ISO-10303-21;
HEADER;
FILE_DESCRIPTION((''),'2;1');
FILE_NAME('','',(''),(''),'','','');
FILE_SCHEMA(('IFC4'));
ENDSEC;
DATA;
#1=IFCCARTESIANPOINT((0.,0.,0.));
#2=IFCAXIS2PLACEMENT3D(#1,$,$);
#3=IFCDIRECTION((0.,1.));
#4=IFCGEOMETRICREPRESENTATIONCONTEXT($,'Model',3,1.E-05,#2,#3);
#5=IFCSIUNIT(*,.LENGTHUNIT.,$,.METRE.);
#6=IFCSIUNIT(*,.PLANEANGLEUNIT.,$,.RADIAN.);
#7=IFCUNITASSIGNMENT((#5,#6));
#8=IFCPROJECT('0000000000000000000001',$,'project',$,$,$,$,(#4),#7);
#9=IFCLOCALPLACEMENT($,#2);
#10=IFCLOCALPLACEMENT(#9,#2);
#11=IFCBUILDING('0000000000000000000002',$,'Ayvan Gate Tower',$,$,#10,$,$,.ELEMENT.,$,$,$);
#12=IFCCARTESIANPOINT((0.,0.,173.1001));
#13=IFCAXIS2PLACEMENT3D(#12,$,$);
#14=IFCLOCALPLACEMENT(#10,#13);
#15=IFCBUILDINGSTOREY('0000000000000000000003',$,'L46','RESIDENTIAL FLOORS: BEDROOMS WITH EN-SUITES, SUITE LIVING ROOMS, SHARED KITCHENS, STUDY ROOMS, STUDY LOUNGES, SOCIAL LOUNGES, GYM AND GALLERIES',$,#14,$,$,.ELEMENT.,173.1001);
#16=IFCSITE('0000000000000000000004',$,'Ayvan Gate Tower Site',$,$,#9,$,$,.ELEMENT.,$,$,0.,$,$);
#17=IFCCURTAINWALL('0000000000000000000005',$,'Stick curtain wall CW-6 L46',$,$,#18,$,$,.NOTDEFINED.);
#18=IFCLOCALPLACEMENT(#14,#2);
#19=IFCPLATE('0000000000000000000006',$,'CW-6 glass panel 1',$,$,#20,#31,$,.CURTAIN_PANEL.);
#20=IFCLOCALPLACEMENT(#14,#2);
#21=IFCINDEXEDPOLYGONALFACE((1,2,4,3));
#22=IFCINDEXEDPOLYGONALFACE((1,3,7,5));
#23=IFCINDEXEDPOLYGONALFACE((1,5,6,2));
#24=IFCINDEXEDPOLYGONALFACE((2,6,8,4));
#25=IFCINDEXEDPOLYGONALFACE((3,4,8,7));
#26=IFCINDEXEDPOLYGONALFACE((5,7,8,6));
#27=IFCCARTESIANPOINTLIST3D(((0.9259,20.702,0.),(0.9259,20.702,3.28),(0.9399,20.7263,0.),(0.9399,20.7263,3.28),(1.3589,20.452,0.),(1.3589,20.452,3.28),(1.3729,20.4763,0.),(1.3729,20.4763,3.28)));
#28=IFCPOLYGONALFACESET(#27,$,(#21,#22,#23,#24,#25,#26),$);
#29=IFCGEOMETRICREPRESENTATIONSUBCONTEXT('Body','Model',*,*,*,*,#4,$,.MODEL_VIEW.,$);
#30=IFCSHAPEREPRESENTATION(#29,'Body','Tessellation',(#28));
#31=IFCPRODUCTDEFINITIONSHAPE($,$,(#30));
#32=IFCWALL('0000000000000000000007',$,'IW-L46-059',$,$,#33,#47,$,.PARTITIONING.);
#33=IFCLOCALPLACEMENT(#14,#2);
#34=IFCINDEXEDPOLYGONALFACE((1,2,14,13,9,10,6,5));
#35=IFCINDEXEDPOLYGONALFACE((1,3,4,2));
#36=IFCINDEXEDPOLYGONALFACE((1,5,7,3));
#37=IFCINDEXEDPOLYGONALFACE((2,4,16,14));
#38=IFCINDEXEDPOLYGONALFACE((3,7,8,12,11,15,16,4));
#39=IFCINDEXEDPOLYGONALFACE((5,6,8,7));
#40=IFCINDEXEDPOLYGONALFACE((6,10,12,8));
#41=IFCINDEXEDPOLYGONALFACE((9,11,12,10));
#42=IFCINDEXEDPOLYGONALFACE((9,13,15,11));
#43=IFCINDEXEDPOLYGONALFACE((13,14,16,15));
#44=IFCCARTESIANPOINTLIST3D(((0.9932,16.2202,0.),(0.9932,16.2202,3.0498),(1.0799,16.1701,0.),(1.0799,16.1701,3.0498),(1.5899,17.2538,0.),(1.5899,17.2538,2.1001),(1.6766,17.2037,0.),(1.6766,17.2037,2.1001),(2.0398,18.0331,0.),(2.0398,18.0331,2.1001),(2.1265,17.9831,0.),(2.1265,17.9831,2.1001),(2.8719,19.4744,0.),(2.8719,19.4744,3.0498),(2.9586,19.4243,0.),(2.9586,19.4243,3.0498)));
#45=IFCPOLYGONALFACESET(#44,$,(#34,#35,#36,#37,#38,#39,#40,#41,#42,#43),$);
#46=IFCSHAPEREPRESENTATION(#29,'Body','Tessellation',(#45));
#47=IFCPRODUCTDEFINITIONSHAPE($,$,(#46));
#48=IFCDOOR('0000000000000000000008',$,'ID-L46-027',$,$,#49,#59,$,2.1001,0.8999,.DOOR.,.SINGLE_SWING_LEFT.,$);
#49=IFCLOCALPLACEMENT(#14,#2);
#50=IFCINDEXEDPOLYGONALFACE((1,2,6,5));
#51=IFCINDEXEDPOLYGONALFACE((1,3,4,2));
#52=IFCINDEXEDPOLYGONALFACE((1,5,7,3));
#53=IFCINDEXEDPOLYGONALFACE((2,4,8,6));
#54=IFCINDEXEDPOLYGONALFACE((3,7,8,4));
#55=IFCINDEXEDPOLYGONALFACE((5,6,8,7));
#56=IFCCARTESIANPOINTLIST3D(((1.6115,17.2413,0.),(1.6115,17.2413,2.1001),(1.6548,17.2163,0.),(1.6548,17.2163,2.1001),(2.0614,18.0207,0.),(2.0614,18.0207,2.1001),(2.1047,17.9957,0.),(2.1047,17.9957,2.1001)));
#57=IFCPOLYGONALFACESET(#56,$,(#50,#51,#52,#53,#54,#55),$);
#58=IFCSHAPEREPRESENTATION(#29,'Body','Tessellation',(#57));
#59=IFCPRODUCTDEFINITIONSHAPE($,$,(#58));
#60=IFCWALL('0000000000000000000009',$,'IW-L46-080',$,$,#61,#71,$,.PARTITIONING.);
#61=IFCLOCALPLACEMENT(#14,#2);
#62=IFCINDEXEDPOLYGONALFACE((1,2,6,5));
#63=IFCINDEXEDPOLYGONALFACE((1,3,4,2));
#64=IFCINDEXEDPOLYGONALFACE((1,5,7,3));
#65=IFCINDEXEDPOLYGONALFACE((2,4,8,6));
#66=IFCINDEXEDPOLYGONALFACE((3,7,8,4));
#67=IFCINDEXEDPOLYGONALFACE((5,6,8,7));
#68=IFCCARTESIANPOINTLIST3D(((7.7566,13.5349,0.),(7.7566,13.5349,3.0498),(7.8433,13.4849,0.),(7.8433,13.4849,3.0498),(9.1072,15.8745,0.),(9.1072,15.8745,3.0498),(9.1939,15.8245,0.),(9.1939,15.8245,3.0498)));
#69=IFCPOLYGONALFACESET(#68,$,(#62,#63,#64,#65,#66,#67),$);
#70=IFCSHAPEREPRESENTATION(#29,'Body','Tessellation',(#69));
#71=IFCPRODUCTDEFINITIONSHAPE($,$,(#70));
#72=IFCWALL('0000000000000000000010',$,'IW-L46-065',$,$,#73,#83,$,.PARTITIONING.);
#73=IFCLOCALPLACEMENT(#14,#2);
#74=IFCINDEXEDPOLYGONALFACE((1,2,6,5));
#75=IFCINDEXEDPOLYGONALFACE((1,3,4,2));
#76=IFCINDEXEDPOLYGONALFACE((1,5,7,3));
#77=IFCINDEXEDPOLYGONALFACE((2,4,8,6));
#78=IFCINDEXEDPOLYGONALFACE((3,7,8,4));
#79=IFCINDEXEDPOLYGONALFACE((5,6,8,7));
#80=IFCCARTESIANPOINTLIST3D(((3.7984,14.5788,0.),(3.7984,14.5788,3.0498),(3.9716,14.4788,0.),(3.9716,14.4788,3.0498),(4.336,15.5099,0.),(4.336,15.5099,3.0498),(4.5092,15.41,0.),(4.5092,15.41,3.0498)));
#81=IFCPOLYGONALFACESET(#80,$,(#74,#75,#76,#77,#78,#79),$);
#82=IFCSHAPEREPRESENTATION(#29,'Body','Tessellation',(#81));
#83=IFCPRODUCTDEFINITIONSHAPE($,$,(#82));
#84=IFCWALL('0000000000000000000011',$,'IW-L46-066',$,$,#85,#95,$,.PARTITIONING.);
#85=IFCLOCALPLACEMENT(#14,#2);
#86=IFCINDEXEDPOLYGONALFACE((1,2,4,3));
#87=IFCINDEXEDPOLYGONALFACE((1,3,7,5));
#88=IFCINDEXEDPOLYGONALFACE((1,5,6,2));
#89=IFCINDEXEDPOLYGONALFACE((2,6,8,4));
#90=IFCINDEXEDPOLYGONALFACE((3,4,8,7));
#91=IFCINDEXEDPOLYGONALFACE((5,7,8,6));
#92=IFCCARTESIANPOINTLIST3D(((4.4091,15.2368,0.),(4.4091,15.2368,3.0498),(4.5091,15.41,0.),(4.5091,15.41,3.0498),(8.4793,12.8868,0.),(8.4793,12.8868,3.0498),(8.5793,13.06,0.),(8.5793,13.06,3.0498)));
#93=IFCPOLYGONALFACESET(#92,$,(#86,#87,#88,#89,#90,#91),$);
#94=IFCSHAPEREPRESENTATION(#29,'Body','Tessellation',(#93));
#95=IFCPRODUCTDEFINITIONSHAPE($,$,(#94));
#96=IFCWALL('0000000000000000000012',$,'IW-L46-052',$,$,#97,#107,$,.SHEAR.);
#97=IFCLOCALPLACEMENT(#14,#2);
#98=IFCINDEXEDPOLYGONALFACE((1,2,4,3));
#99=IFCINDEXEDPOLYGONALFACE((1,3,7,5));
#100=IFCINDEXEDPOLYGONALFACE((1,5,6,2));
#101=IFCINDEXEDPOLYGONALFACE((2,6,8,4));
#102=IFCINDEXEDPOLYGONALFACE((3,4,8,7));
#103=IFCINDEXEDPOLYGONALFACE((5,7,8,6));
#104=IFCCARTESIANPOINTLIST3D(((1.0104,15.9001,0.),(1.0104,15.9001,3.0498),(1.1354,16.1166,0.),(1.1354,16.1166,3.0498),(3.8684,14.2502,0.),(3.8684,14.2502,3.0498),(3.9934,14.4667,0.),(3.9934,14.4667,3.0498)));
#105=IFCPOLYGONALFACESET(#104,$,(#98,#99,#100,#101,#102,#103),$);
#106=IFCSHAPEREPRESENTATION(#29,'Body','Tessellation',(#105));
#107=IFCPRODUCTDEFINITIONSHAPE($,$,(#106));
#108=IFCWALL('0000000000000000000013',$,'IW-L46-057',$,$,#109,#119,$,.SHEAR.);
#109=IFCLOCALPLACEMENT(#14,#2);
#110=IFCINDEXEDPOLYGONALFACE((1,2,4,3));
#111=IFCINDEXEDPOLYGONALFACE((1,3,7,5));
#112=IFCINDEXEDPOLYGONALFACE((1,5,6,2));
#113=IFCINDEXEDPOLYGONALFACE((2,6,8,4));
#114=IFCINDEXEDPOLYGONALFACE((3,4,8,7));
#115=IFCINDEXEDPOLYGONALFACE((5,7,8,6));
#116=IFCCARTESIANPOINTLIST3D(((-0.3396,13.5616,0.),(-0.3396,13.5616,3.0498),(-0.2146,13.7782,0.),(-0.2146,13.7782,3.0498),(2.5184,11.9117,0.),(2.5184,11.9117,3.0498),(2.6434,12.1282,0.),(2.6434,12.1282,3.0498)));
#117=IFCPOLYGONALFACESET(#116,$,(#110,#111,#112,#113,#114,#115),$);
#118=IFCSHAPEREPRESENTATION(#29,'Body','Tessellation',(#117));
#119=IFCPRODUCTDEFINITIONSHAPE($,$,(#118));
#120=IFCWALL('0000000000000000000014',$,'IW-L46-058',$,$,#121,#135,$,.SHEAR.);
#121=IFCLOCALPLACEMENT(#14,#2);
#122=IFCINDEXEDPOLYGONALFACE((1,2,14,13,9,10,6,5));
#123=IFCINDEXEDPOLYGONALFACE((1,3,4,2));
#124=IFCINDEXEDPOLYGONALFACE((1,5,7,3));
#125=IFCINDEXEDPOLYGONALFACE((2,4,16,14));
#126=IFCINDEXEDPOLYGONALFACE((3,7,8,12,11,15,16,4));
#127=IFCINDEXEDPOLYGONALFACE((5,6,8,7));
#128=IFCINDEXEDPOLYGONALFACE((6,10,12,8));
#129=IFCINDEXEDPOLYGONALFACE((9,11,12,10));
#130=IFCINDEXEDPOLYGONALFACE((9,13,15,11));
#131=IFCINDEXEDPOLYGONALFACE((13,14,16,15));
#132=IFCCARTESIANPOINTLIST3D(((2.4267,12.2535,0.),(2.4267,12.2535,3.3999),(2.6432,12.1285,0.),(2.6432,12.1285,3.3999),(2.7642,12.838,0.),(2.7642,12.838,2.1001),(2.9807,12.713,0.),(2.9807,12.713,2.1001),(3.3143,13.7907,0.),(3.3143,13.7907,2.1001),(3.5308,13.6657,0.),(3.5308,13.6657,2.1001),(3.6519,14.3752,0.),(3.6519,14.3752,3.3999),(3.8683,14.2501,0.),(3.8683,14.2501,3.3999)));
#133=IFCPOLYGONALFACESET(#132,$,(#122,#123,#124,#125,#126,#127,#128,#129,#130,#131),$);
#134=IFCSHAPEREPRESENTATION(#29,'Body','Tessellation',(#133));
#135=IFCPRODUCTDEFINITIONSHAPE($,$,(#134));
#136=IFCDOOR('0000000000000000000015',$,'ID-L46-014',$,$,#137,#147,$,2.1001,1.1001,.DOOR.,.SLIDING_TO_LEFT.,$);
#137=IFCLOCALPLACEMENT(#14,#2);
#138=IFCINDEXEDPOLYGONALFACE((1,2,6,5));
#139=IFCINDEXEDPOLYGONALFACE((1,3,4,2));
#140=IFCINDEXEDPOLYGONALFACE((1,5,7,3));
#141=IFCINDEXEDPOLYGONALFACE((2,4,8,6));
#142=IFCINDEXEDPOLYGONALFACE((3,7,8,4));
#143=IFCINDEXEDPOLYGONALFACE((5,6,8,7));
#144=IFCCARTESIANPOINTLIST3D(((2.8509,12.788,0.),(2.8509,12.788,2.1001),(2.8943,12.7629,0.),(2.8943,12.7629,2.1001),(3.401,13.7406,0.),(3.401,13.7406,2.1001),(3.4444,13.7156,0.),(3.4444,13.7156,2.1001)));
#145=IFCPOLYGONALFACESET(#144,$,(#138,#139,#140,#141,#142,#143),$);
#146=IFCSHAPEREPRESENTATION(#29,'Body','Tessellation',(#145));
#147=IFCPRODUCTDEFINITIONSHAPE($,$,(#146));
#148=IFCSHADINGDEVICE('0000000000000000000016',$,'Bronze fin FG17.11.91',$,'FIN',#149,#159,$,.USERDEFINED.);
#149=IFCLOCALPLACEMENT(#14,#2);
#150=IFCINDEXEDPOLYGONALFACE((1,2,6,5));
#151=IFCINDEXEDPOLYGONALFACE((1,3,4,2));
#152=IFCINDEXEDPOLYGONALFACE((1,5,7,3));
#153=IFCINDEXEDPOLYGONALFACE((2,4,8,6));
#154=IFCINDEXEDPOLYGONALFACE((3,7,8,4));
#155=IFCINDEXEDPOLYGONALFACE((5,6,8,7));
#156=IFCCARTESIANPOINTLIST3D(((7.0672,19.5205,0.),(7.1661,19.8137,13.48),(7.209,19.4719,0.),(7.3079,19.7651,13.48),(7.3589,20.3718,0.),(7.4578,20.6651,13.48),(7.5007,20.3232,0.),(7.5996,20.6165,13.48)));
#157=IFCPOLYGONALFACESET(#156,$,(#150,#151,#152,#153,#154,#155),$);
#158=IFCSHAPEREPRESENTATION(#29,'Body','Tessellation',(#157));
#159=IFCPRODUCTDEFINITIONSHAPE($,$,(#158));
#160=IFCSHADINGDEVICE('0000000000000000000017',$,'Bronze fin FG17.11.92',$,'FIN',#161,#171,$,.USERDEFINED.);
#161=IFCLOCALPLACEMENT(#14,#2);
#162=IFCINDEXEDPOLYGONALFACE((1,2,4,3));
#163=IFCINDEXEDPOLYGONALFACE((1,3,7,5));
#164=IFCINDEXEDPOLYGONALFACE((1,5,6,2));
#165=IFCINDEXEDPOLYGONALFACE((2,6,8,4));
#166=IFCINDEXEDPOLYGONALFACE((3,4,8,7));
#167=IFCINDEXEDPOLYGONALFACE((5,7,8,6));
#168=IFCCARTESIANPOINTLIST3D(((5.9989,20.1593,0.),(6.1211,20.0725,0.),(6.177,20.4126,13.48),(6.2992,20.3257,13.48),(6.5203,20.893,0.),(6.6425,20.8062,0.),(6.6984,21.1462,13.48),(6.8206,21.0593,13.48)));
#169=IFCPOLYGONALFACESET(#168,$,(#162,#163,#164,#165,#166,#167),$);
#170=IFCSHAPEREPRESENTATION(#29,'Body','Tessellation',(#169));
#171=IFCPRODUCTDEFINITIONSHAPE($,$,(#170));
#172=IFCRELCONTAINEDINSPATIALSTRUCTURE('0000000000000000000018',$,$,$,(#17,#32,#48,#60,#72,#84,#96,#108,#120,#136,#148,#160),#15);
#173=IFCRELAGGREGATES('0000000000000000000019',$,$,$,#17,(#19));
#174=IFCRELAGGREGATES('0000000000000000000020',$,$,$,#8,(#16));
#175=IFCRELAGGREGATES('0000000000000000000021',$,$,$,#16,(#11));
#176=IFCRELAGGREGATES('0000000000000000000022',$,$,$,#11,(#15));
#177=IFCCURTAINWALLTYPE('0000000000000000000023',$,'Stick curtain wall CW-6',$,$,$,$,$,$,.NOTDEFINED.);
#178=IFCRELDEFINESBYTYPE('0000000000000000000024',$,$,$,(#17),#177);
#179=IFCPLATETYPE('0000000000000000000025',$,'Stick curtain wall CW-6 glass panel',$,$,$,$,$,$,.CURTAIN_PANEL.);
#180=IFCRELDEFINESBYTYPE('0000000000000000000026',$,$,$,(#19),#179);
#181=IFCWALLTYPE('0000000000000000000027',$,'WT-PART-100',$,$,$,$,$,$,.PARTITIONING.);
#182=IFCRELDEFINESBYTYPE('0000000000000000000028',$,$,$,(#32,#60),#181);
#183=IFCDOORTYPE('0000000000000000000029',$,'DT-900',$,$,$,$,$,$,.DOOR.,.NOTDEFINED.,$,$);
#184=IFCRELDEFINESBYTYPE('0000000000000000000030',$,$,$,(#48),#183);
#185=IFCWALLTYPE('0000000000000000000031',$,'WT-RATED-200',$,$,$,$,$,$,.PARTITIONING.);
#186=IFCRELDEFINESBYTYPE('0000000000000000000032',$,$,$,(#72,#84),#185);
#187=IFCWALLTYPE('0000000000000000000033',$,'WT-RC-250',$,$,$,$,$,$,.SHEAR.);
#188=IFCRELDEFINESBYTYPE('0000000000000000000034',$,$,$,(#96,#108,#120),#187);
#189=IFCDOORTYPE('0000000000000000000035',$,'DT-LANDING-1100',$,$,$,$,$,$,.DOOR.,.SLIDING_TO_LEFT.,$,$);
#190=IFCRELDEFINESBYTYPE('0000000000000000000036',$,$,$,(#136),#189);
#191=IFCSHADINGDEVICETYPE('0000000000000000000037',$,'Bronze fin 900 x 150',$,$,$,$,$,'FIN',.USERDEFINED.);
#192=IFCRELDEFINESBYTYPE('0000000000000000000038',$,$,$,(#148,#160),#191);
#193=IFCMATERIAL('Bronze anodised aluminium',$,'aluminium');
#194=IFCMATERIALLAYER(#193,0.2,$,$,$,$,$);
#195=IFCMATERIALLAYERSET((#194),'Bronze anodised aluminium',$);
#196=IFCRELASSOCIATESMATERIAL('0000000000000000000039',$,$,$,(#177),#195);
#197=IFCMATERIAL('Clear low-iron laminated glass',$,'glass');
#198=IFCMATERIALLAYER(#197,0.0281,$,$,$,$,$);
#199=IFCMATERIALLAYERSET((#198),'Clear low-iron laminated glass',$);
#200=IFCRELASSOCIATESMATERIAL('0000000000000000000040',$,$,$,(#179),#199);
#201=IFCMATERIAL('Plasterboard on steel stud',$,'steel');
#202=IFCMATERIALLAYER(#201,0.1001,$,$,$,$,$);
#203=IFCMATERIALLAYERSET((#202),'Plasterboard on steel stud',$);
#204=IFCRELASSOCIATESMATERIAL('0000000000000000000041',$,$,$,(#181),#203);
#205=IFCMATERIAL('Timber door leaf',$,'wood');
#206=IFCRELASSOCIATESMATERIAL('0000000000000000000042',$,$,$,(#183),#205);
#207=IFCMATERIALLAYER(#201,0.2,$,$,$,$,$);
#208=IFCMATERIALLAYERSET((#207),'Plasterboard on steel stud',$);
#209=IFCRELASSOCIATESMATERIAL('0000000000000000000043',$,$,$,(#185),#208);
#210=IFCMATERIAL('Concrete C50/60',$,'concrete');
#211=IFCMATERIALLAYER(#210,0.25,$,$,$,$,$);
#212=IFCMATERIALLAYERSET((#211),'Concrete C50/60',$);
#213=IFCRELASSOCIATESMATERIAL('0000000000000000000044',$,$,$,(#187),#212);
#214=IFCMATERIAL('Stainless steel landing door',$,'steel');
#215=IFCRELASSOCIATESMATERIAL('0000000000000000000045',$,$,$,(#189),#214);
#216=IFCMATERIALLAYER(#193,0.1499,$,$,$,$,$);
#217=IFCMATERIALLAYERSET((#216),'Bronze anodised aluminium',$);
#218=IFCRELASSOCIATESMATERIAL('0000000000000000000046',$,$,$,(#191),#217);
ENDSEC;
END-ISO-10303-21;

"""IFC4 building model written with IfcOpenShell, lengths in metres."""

from ifc_helpers import new_model, si_unit, direction, frame, frame_2d, origin, origin_2d, place, context, subcontext, project, spatial, polyline, rectangle, outline, extrude, material, layer, layer_set, type_object, element, fill, aggregate, save


model = new_model("IFC4")

# Units and contexts
model_context = context("Model", 3, precision=1e-05, world=origin(), true_north=direction((0.0, 1.0)))
body_context = subcontext(model_context, "Body", "Model", "MODEL_VIEW")
ifc_project = project(units=[si_unit("LENGTHUNIT", "METRE"), si_unit("PLANEANGLEUNIT", "RADIAN")], contexts=[model_context])

# Site, building, storey
site_placement = place(None, origin())
site = spatial("IfcSite", under=ifc_project, at=site_placement, Name="Ayvan Gate Tower Site", CompositionType="ELEMENT", RefElevation=0.0)
building_placement = place(site_placement, origin())
building = spatial("IfcBuilding", under=site, at=building_placement, Name="Ayvan Gate Tower", CompositionType="ELEMENT")
storey_placement = place(building_placement, frame((0.0, 0.0, 173.1001)))
storey = spatial("IfcBuildingStorey", under=building, at=storey_placement, Name="L46", Description="RESIDENTIAL FLOORS: BEDROOMS WITH EN-SUITES, SUITE LIVING ROOMS, SHARED KITCHENS, STUDY ROOMS, STUDY LOUNGES, SOCIAL LOUNGES, GYM AND GALLERIES", CompositionType="ELEMENT", Elevation=173.1001)

# Curtain wall
ifc_material_1 = material(Name="Bronze anodised aluminium", Category="aluminium")
ifc_layer_1 = layer(ifc_material_1, 0.2)
ifc_layer_set_1 = layer_set([ifc_layer_1], Name="Bronze anodised aluminium")
curtain_wall_type_1 = type_object("IfcCurtainWallType", Name="Stick curtain wall CW-6", PredefinedType="NOTDEFINED", material=ifc_layer_set_1)
curtain_wall_1_placement = place(storey_placement, origin())
curtain_wall_1 = element("IfcCurtainWall", 1, at=curtain_wall_1_placement, inside=storey, type_object=curtain_wall_type_1, Name="Stick curtain wall CW-6 L46", PredefinedType="NOTDEFINED")

# Plate
ifc_material_2 = material(Name="Clear low-iron laminated glass", Category="glass")
ifc_layer_2 = layer(ifc_material_2, 0.0281)
ifc_layer_set_2 = layer_set([ifc_layer_2], Name="Clear low-iron laminated glass")
plate_type_1 = type_object("IfcPlateType", Name="Stick curtain wall CW-6 glass panel", PredefinedType="CURTAIN_PANEL", material=ifc_layer_set_2)
plate_1_placement = place(storey_placement, frame((1.1494, 20.5891, 0.0), z_axis=(0.0, 0.0, 1.0), x_axis=(-0.866025, 0.5, 0.0)))
plate_1 = element("IfcPlate", 2, at=plate_1_placement, type_object=plate_type_1, Name="CW-6 glass panel 1", PredefinedType="CURTAIN_PANEL", context=body_context, shape_type="SweptSolid", body=[
    extrude(rectangle(XDim=0.5, YDim=0.0281, at=origin_2d()), origin(), (0.0, 0.0, 1.0), 3.28),
])
aggregate(curtain_wall_1, [plate_1])

# Wall, opening, door
ifc_material_3 = material(Name="Plasterboard on steel stud", Category="steel")
ifc_layer_3 = layer(ifc_material_3, 0.1001)
ifc_layer_set_3 = layer_set([ifc_layer_3], Name="Plasterboard on steel stud")
wall_type_1 = type_object("IfcWallType", Name="WT-PART-100", PredefinedType="PARTITIONING", material=ifc_layer_set_3)
wall_1_placement = place(storey_placement, frame((2.9153, 19.4495, 0.0), z_axis=(0.0, 0.0, 1.0), x_axis=(-0.499976, -0.86604, 0.0)))
wall_1 = element("IfcWall", 3, at=wall_1_placement, inside=storey, type_object=wall_type_1, Name="IW-L46-059", PredefinedType="PARTITIONING", context=body_context, shape_type="SweptSolid", body=[
    extrude(rectangle(XDim=3.7576, YDim=0.1001, at=frame_2d((1.8789, 0.0))), origin(), (0.0, 0.0, 1.0), 3.0498),
])
opening_1_placement = place(wall_1_placement, frame((1.6643, 0.0, 0.0)))
opening_1 = element("IfcOpeningElement", 4, at=opening_1_placement, cuts=wall_1, PredefinedType="OPENING", context=body_context, shape_type="SweptSolid", body=[
    extrude(rectangle(XDim=0.8999, YDim=2.1001, at=frame_2d((0.45, 1.05))), frame((0.0, 0.0601, 0.0), z_axis=(0.0, -1.0, 0.0), x_axis=(1.0, 0.0, 0.0)), (0.0, 0.0, 1.0), 0.1201),
])
ifc_material_4 = material(Name="Timber door leaf", Category="wood")
door_type_1 = type_object("IfcDoorType", Name="DT-900", OperationType="NOTDEFINED", PredefinedType="DOOR", material=ifc_material_4)
door_1_placement = place(opening_1_placement, origin())
door_1 = element("IfcDoor", 5, at=door_1_placement, inside=storey, type_object=door_type_1, Name="ID-L46-027", OperationType="SINGLE_SWING_LEFT", OverallHeight=2.1001, OverallWidth=0.8999, PredefinedType="DOOR", context=body_context, shape_type="SweptSolid", body=[
    extrude(rectangle(XDim=0.8999, YDim=2.1001, at=frame_2d((0.45, 1.05))), frame((0.0, 0.0249, 0.0), z_axis=(0.0, -1.0, 0.0), x_axis=(1.0, 0.0, 0.0)), (0.0, 0.0, 1.0), 0.05),
])
fill(opening_1, door_1)

# Walls
wall_2_placement = place(storey_placement, frame((7.8, 13.51, 0.0), z_axis=(0.0, 0.0, 1.0), x_axis=(0.499949, 0.866055, 0.0)))
element("IfcWall", 6, at=wall_2_placement, inside=storey, type_object=wall_type_1, Name="IW-L46-080", PredefinedType="PARTITIONING", context=body_context, shape_type="SweptSolid", body=[
    extrude(rectangle(XDim=2.7014, YDim=0.1001, at=frame_2d((1.3506, 0.0))), origin(), (0.0, 0.0, 1.0), 3.0498),
])
ifc_layer_4 = layer(ifc_material_3, 0.2)
ifc_layer_set_4 = layer_set([ifc_layer_4], Name="Plasterboard on steel stud")
wall_type_2 = type_object("IfcWallType", Name="WT-RATED-200", PredefinedType="PARTITIONING", material=ifc_layer_set_4)
wall_3_placement = place(storey_placement, frame((3.885, 14.5288, 0.0), z_axis=(0.0, 0.0, 1.0), x_axis=(0.499998, 0.866027, 0.0)))
element("IfcWall", 7, at=wall_3_placement, inside=storey, type_object=wall_type_2, Name="IW-L46-065", PredefinedType="PARTITIONING", context=body_context, shape_type="SweptSolid", body=[
    extrude(rectangle(XDim=1.0752, YDim=0.2, at=frame_2d((0.5376, 0.0))), origin(), (0.0, 0.0, 1.0), 3.0498),
])
wall_4_placement = place(storey_placement, frame((4.459, 15.3235, 0.0), z_axis=(0.0, 0.0, 1.0), x_axis=(0.866016, -0.500016, 0.0)))
element("IfcWall", 8, at=wall_4_placement, inside=storey, type_object=wall_type_2, Name="IW-L46-066", PredefinedType="PARTITIONING", context=body_context, shape_type="SweptSolid", body=[
    extrude(rectangle(XDim=4.7, YDim=0.2, at=frame_2d((2.3501, 0.0))), origin(), (0.0, 0.0, 1.0), 3.0498),
])
ifc_material_5 = material(Name="Concrete C50/60", Category="concrete")
ifc_layer_5 = layer(ifc_material_5, 0.25)
ifc_layer_set_5 = layer_set([ifc_layer_5], Name="Concrete C50/60")
wall_type_3 = type_object("IfcWallType", Name="WT-RC-250", PredefinedType="SHEAR", material=ifc_layer_set_5)
for number, where, z_axis, x_axis, name in (
    (9, (1.073, 16.0083, 0.0), (0.0, 0.0, 1.0), (0.86604, -0.499974, 0.0), "IW-L46-052"),
    (10, (2.5808, 12.02, 0.0), (0.0, 0.0, 1.0), (-0.86604, 0.499974, 0.0), "IW-L46-057"),
):
    element("IfcWall", number, at=place(storey_placement, frame(where, z_axis=z_axis, x_axis=x_axis)), inside=storey, type_object=wall_type_3, Name=name, PredefinedType="SHEAR", context=body_context, shape_type="SweptSolid", body=[
        extrude(rectangle(XDim=3.3, YDim=0.25, at=frame_2d((1.6499, 0.0))), origin(), (0.0, 0.0, 1.0), 3.0498),
    ])

# Wall, opening, door
wall_5_placement = place(storey_placement, frame((2.5349, 12.1909, 0.0), z_axis=(0.0, 0.0, 1.0), x_axis=(0.500062, 0.86599, 0.0)))
wall_5 = element("IfcWall", 11, at=wall_5_placement, inside=storey, type_object=wall_type_3, Name="IW-L46-058", PredefinedType="SHEAR", context=body_context, shape_type="SweptSolid", body=[
    extrude(rectangle(XDim=2.45, YDim=0.25, at=frame_2d((1.2251, 0.0))), origin(), (0.0, 0.0, 1.0), 3.3999),
])
opening_2_placement = place(wall_5_placement, frame((0.675, 0.0, 0.0)))
opening_2 = element("IfcOpeningElement", 12, at=opening_2_placement, cuts=wall_5, PredefinedType="OPENING", context=body_context, shape_type="SweptSolid", body=[
    extrude(rectangle(XDim=1.1001, YDim=2.1001, at=frame_2d((0.55, 1.05))), frame((0.0, 0.135, 0.0), z_axis=(0.0, -1.0, 0.0), x_axis=(1.0, 0.0, 0.0)), (0.0, 0.0, 1.0), 0.27),
])
ifc_material_6 = material(Name="Stainless steel landing door", Category="steel")
door_type_2 = type_object("IfcDoorType", Name="DT-LANDING-1100", OperationType="SLIDING_TO_LEFT", PredefinedType="DOOR", material=ifc_material_6)
door_2_placement = place(opening_2_placement, origin())
door_2 = element("IfcDoor", 13, at=door_2_placement, inside=storey, type_object=door_type_2, Name="ID-L46-014", OperationType="SLIDING_TO_LEFT", OverallHeight=2.1001, OverallWidth=1.1001, PredefinedType="DOOR", context=body_context, shape_type="SweptSolid", body=[
    extrude(rectangle(XDim=1.1001, YDim=2.1001, at=frame_2d((0.55, 1.05))), frame((0.0, 0.0249, 0.0), z_axis=(0.0, -1.0, 0.0), x_axis=(1.0, 0.0, 0.0)), (0.0, 0.0, 1.0), 0.05),
])
fill(opening_2, door_2)

# Shading devices
ifc_layer_6 = layer(ifc_material_1, 0.1499)
ifc_layer_set_6 = layer_set([ifc_layer_6], Name="Bronze anodised aluminium")
shading_device_type = type_object("IfcShadingDeviceType", Name="Bronze fin 900 x 150", ElementType="FIN", PredefinedType="USERDEFINED", material=ifc_layer_set_6)
shading_device_1_placement = place(storey_placement, frame((7.209, 19.4719, 0.0), z_axis=(0.945991, -0.324193, 0.000113), x_axis=(0.324193, 0.945991, 0.0)))
element("IfcShadingDevice", 14, at=shading_device_1_placement, inside=storey, type_object=shading_device_type, Name="Bronze fin FG17.11.91", ObjectType="FIN", PredefinedType="USERDEFINED", context=body_context, shape_type="SweptSolid", body=[
    extrude(outline(polyline([(0.0, 0.0), (0.8999, 0.0), (1.2094, 13.48), (0.3094, 13.48), (0.0, 0.0)])), origin(), (0.0, 0.0, -1.0), 0.1499),
])
shading_device_2_placement = place(storey_placement, frame((6.1211, 20.0725, 0.0), z_axis=(0.815133, -0.579274, 0.00011), x_axis=(0.579274, 0.815133, 0.0)))
element("IfcShadingDevice", 15, at=shading_device_2_placement, inside=storey, type_object=shading_device_type, Name="Bronze fin FG17.11.92", ObjectType="FIN", PredefinedType="USERDEFINED", context=body_context, shape_type="SweptSolid", body=[
    extrude(outline(polyline([(0.0, 0.0), (0.9001, 0.0), (1.2096, 13.48), (0.3096, 13.48), (0.0, 0.0)])), origin(), (0.0, 0.0, -1.0), 0.1499),
])

save(model, "model.ifc")
